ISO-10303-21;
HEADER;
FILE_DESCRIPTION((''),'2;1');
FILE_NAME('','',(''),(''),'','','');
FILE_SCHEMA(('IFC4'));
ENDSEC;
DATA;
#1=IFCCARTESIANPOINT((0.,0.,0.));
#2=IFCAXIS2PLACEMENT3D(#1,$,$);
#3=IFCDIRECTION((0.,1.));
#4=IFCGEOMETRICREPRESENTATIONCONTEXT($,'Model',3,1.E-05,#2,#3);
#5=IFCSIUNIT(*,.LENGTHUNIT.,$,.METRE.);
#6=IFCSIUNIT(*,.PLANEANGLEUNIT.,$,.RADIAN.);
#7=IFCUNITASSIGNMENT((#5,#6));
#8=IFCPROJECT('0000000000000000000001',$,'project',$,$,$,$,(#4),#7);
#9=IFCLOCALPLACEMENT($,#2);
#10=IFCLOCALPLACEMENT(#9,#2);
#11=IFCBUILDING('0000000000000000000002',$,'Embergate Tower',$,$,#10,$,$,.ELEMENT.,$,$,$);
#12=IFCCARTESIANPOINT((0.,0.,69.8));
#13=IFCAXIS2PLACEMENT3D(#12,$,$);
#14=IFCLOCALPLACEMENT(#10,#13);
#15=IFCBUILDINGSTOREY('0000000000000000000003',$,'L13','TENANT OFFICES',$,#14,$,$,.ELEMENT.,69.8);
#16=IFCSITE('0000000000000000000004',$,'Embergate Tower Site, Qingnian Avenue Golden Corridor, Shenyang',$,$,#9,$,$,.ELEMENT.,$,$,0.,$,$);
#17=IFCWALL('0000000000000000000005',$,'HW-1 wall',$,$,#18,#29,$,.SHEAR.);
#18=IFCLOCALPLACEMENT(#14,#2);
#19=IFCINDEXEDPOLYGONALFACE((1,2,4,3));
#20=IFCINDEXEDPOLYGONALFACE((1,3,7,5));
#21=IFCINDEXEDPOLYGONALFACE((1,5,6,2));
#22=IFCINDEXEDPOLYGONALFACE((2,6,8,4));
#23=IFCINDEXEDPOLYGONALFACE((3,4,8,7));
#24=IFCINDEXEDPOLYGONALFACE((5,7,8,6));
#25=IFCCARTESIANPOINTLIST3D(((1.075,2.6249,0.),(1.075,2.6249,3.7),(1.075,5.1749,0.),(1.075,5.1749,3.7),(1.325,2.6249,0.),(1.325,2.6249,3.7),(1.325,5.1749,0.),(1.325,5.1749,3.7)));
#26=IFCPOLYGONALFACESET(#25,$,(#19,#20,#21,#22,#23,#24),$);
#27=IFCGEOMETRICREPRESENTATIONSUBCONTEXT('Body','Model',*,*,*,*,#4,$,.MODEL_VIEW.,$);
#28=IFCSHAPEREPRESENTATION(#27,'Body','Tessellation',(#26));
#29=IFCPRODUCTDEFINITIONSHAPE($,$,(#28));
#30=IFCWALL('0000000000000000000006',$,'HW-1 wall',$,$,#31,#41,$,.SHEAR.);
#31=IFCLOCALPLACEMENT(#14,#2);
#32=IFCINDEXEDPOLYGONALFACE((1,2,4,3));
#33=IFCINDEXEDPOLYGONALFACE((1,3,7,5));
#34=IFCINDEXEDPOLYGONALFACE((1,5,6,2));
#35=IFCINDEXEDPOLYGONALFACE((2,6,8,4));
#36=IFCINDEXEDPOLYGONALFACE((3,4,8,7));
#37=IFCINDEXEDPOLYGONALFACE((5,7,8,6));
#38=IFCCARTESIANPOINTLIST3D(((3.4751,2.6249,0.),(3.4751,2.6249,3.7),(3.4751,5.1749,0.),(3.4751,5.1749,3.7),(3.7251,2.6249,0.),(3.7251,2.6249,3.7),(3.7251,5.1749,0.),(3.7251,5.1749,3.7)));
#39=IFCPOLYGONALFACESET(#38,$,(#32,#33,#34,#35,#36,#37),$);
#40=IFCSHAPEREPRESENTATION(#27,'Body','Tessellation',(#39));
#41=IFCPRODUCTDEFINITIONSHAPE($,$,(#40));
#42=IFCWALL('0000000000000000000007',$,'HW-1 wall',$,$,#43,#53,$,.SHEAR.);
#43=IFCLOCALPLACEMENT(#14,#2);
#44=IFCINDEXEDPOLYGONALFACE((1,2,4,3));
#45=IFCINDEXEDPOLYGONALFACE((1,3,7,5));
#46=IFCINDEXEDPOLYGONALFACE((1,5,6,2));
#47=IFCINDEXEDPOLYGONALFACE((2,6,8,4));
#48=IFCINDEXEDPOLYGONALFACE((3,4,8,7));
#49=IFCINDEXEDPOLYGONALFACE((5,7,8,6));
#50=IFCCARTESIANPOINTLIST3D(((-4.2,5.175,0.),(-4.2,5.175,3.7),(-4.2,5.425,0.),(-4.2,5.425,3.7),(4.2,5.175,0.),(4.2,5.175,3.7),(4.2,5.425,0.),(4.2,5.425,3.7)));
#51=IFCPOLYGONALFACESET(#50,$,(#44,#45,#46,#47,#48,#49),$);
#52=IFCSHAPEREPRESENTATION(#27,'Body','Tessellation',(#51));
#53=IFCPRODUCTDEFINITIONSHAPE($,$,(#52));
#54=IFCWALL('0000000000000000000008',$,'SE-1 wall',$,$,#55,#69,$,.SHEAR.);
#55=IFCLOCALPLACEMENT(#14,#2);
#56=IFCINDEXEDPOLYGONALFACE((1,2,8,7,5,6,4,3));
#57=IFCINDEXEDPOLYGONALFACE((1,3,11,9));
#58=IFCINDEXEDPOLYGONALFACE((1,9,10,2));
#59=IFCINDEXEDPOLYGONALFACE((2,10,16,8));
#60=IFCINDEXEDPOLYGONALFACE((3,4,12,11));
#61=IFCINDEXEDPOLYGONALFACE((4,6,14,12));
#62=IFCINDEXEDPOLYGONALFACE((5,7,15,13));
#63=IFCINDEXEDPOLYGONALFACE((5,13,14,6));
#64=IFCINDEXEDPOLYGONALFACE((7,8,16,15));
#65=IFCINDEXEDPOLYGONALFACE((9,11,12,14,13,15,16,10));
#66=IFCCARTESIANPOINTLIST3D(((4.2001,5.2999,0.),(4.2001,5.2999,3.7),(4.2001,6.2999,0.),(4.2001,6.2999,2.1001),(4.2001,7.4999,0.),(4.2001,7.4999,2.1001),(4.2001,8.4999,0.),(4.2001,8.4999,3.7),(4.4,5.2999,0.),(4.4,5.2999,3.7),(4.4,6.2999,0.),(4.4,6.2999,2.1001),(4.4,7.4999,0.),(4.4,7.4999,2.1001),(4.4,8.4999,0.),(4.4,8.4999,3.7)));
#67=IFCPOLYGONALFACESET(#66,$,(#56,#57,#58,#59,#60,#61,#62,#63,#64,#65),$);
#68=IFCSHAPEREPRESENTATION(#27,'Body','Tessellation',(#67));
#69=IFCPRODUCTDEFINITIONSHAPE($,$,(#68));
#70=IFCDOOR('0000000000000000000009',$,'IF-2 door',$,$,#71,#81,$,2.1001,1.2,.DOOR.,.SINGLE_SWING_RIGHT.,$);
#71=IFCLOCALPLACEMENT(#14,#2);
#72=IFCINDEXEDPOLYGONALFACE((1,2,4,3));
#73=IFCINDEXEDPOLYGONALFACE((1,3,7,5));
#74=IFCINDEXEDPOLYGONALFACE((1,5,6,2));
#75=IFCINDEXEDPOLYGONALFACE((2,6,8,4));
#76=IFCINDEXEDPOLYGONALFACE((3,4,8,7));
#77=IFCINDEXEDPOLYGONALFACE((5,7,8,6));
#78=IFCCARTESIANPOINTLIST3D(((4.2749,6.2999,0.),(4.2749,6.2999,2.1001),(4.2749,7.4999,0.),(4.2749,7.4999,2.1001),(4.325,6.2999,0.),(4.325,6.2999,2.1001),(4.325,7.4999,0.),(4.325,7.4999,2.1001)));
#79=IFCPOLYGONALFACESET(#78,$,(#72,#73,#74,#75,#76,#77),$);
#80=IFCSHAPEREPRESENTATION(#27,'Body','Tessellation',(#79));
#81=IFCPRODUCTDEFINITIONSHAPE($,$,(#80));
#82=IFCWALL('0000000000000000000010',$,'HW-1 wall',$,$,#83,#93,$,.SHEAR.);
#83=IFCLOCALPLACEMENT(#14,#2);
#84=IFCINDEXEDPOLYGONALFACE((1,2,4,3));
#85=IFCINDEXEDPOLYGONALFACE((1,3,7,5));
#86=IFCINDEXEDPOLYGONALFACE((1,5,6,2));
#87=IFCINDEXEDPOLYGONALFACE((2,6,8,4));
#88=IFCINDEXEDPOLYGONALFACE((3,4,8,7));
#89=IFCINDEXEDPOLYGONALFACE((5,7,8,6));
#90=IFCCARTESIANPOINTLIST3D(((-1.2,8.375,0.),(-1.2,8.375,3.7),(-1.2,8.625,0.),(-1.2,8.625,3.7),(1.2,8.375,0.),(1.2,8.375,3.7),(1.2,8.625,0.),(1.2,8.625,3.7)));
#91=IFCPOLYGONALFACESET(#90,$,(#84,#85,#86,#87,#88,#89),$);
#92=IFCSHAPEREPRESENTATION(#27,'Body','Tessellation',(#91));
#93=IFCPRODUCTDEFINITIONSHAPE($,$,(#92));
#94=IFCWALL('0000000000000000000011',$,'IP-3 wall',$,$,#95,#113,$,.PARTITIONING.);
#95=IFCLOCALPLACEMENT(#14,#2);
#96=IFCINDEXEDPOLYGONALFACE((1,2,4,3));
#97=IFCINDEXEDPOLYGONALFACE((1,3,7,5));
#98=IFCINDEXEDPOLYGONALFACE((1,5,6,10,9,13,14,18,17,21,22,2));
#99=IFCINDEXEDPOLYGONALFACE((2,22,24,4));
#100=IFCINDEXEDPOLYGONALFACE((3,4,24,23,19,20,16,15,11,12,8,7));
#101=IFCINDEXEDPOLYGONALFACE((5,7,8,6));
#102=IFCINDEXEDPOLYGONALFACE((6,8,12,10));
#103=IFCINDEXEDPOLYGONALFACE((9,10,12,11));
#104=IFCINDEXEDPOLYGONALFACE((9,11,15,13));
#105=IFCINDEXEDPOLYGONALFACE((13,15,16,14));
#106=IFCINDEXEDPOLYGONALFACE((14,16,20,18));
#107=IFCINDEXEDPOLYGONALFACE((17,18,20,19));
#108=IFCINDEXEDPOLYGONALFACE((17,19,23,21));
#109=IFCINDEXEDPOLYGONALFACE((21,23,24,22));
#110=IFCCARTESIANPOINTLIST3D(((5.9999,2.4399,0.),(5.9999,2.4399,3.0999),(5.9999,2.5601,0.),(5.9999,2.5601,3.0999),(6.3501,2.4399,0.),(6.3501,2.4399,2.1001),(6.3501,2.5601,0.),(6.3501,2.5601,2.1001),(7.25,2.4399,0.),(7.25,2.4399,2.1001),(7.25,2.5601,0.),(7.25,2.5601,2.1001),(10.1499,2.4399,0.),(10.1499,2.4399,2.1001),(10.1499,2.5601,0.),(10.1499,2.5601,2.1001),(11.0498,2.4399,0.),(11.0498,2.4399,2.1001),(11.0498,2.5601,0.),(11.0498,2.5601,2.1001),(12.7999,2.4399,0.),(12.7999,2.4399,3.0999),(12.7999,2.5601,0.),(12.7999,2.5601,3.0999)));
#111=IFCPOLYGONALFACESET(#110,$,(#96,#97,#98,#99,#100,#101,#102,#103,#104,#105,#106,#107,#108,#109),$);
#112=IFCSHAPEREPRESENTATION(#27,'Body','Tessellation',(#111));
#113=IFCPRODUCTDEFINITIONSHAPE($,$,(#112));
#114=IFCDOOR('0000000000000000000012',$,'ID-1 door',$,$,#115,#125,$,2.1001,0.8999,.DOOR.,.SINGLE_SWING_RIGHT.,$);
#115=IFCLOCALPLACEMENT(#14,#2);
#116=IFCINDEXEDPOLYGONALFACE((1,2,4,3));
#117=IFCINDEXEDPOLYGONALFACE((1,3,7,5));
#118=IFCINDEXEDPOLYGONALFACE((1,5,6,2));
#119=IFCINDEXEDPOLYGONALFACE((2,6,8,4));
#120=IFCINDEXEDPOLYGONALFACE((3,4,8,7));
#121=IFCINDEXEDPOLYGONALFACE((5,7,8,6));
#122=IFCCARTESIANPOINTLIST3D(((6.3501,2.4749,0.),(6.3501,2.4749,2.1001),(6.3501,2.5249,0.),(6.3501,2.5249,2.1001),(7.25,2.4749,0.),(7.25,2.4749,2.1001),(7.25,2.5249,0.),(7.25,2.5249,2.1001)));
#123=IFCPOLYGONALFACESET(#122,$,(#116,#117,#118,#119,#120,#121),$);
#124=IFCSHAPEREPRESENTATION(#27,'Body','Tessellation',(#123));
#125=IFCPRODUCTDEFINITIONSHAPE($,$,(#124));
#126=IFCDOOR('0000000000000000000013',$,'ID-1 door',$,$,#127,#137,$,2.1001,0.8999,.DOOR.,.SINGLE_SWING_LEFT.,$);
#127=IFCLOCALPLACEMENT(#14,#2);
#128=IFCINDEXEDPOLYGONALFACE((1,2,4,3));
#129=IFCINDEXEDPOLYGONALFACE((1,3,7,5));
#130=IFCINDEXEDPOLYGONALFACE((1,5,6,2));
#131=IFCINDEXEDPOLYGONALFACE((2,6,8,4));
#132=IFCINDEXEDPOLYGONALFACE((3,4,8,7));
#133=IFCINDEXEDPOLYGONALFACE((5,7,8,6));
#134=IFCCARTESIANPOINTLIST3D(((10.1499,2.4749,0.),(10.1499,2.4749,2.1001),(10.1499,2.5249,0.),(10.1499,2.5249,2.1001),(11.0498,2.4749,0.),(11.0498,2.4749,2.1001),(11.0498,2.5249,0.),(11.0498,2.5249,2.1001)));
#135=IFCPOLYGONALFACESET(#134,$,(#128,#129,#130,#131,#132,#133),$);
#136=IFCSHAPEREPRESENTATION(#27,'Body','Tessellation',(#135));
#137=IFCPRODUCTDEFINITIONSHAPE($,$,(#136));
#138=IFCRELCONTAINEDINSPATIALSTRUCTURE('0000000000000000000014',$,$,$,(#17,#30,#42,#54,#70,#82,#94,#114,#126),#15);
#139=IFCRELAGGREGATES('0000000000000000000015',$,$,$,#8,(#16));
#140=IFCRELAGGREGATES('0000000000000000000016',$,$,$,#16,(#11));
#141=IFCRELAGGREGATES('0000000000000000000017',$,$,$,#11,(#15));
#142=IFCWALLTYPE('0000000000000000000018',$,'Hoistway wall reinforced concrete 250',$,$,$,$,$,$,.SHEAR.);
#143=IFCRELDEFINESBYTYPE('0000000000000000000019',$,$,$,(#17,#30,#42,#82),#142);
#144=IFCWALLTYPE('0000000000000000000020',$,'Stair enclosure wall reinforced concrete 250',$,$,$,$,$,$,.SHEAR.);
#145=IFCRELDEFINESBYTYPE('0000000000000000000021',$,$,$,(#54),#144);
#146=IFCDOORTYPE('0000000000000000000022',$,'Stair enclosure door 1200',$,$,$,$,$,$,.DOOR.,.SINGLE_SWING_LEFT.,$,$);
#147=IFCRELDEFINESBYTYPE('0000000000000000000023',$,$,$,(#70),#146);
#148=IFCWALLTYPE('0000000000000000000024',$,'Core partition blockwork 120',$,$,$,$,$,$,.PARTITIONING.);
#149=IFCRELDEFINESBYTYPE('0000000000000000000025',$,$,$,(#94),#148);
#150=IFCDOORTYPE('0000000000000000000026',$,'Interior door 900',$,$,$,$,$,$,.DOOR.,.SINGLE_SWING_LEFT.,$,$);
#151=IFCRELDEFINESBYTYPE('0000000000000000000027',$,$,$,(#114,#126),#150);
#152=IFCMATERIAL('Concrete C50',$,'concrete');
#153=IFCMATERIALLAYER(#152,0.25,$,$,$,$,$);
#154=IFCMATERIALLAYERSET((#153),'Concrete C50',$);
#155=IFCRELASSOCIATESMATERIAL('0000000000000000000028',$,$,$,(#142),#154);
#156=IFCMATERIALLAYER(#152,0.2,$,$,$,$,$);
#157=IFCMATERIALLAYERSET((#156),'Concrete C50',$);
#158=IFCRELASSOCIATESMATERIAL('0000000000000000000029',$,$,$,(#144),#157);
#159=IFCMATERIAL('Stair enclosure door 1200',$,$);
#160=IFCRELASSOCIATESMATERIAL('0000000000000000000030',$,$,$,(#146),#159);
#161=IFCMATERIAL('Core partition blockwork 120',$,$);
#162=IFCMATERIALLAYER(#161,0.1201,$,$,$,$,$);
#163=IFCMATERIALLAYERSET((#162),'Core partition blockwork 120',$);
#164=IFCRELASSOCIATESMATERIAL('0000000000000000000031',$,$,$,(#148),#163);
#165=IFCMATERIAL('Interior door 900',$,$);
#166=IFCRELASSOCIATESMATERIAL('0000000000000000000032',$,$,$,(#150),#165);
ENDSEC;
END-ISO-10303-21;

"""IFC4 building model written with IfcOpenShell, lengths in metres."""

from ifc_helpers import new_model, si_unit, direction, frame, frame_2d, origin, place, context, subcontext, project, spatial, rectangle, extrude, source, transform, mapped, material, layer, layer_set, type_object, element, fill, save


model = new_model("IFC4")

# Units and contexts
model_context = context("Model", 3, precision=1e-05, world=origin(), true_north=direction((0.0, 1.0)))
body_context = subcontext(model_context, "Body", "Model", "MODEL_VIEW")
ifc_project = project(units=[si_unit("LENGTHUNIT", "METRE"), si_unit("PLANEANGLEUNIT", "RADIAN")], contexts=[model_context])

# Site, building, storey
site_placement = place(None, origin())
site = spatial("IfcSite", under=ifc_project, at=site_placement, Name="Embergate Tower Site, Qingnian Avenue Golden Corridor, Shenyang", CompositionType="ELEMENT", RefElevation=0.0)
building_placement = place(site_placement, origin())
building = spatial("IfcBuilding", under=site, at=building_placement, Name="Embergate Tower", CompositionType="ELEMENT")
storey_placement = place(building_placement, frame((0.0, 0.0, 69.8)))
storey = spatial("IfcBuildingStorey", under=building, at=storey_placement, Name="L13", Description="TENANT OFFICES", CompositionType="ELEMENT", Elevation=69.8)

# Walls
ifc_material_1 = material(Name="Concrete C50", Category="concrete")
ifc_layer_1 = layer(ifc_material_1, 0.25)
ifc_layer_set_1 = layer_set([ifc_layer_1], Name="Concrete C50")
wall_type_1 = type_object("IfcWallType", Name="Hoistway wall reinforced concrete 250", PredefinedType="SHEAR", material=ifc_layer_set_1)
shared_shape_1 = source(origin(), body_context, "Body", "SweptSolid", [
    extrude(rectangle(XDim=2.55, YDim=0.25, at=frame_2d((1.2749, 0.0))), origin(), (0.0, 0.0, 1.0), 3.7),
])
for number, where, z_axis, x_axis, name in (
    (1, (1.2, 2.625, 0.0), (0.0, 0.0, 1.0), (0.0, 1.0, 0.0), "HW-1 wall"),
    (2, (3.6001, 2.625, 0.0), (0.0, 0.0, 1.0), (0.0, 1.0, 0.0), "HW-1 wall"),
):
    element("IfcWall", number, at=place(storey_placement, frame(where, z_axis=z_axis, x_axis=x_axis)), inside=storey, type_object=wall_type_1, Name=name, PredefinedType="SHEAR", context=body_context, shape_type="MappedRepresentation", body=[
        mapped(shared_shape_1, transform((0.0, 0.0, 0.0))),
    ])
shared_shape_2 = source(origin(), body_context, "Body", "SweptSolid", [
    extrude(rectangle(XDim=8.3999, YDim=0.25, at=frame_2d((4.2, 0.0))), origin(), (0.0, 0.0, 1.0), 3.7),
])
wall_1_placement = place(storey_placement, frame((4.2, 5.3, 0.0), z_axis=(0.0, 0.0, 1.0), x_axis=(-1.0, 0.0, 0.0)))
element("IfcWall", 3, at=wall_1_placement, inside=storey, type_object=wall_type_1, Name="HW-1 wall", PredefinedType="SHEAR", context=body_context, shape_type="MappedRepresentation", body=[
    mapped(shared_shape_2, transform((0.0, 0.0, 0.0))),
])

# Wall, opening, door
ifc_layer_2 = layer(ifc_material_1, 0.2)
ifc_layer_set_2 = layer_set([ifc_layer_2], Name="Concrete C50")
wall_type_2 = type_object("IfcWallType", Name="Stair enclosure wall reinforced concrete 250", PredefinedType="SHEAR", material=ifc_layer_set_2)
shared_shape_3 = source(origin(), body_context, "Body", "SweptSolid", [
    extrude(rectangle(XDim=3.2, YDim=0.2, at=frame_2d((1.6001, 0.0))), origin(), (0.0, 0.0, 1.0), 3.7),
])
wall_2_placement = place(storey_placement, frame((4.3, 8.5, 0.0), z_axis=(0.0, 0.0, 1.0), x_axis=(0.0, -1.0, 0.0)))
wall_2 = element("IfcWall", 4, at=wall_2_placement, inside=storey, type_object=wall_type_2, Name="SE-1 wall", PredefinedType="SHEAR", context=body_context, shape_type="MappedRepresentation", body=[
    mapped(shared_shape_3, transform((0.0, 0.0, 0.0))),
])
shared_shape_4 = source(origin(), body_context, "Body", "SweptSolid", [
    extrude(rectangle(XDim=1.2, YDim=2.1001, at=frame_2d((0.6001, 1.05))), frame((0.0, 0.1099, 0.0), z_axis=(0.0, -1.0, 0.0), x_axis=(1.0, 0.0, 0.0)), (0.0, 0.0, 1.0), 0.22),
])
opening_1_placement = place(wall_2_placement, frame((1.0, 0.0, 0.0)))
opening_1 = element("IfcOpeningElement", 5, at=opening_1_placement, cuts=wall_2, PredefinedType="OPENING", context=body_context, shape_type="MappedRepresentation", body=[
    mapped(shared_shape_4, transform((0.0, 0.0, 0.0))),
])
ifc_material_2 = material(Name="Stair enclosure door 1200")
door_type_1 = type_object("IfcDoorType", Name="Stair enclosure door 1200", OperationType="SINGLE_SWING_LEFT", PredefinedType="DOOR", material=ifc_material_2)
shared_shape_5 = source(origin(), body_context, "Body", "SweptSolid", [
    extrude(rectangle(XDim=1.2, YDim=2.1001, at=frame_2d((0.6001, 1.05))), frame((0.0, 0.0249, 0.0), z_axis=(0.0, -1.0, 0.0), x_axis=(1.0, 0.0, 0.0)), (0.0, 0.0, 1.0), 0.05),
])
door_1_placement = place(opening_1_placement, origin())
door_1 = element("IfcDoor", 6, at=door_1_placement, inside=storey, type_object=door_type_1, Name="IF-2 door", OperationType="SINGLE_SWING_RIGHT", OverallHeight=2.1001, OverallWidth=1.2, PredefinedType="DOOR", context=body_context, shape_type="MappedRepresentation", body=[
    mapped(shared_shape_5, transform((0.0, 0.0, 0.0))),
])
fill(opening_1, door_1)

# Wall
shared_shape_6 = source(origin(), body_context, "Body", "SweptSolid", [
    extrude(rectangle(XDim=2.3999, YDim=0.25, at=frame_2d((1.2, 0.0))), origin(), (0.0, 0.0, 1.0), 3.7),
])
wall_3_placement = place(storey_placement, frame((1.2, 8.5, 0.0), z_axis=(0.0, 0.0, 1.0), x_axis=(-1.0, 0.0, 0.0)))
element("IfcWall", 7, at=wall_3_placement, inside=storey, type_object=wall_type_1, Name="HW-1 wall", PredefinedType="SHEAR", context=body_context, shape_type="MappedRepresentation", body=[
    mapped(shared_shape_6, transform((0.0, 0.0, 0.0))),
])

# Wall, openings, doors
ifc_material_3 = material(Name="Core partition blockwork 120")
ifc_layer_3 = layer(ifc_material_3, 0.1201)
ifc_layer_set_3 = layer_set([ifc_layer_3], Name="Core partition blockwork 120")
wall_type_3 = type_object("IfcWallType", Name="Core partition blockwork 120", PredefinedType="PARTITIONING", material=ifc_layer_set_3)
shared_shape_7 = source(origin(), body_context, "Body", "SweptSolid", [
    extrude(rectangle(XDim=6.8, YDim=0.1201, at=frame_2d((3.3999, 0.0))), origin(), (0.0, 0.0, 1.0), 3.0999),
])
wall_4_placement = place(storey_placement, frame((6.0, 2.5, 0.0), z_axis=(0.0, 0.0, 1.0), x_axis=(1.0, 0.0, 0.0)))
wall_4 = element("IfcWall", 8, at=wall_4_placement, inside=storey, type_object=wall_type_3, Name="IP-3 wall", PredefinedType="PARTITIONING", context=body_context, shape_type="MappedRepresentation", body=[
    mapped(shared_shape_7, transform((0.0, 0.0, 0.0))),
])
shared_shape_8 = source(origin(), body_context, "Body", "SweptSolid", [
    extrude(rectangle(XDim=0.8999, YDim=2.1001, at=frame_2d((0.45, 1.05))), frame((0.0, 0.0701, 0.0), z_axis=(0.0, -1.0, 0.0), x_axis=(1.0, 0.0, 0.0)), (0.0, 0.0, 1.0), 0.1401),
])
opening_2_placement = place(wall_4_placement, frame((0.3501, 0.0, 0.0)))
opening_2 = element("IfcOpeningElement", 9, at=opening_2_placement, cuts=wall_4, PredefinedType="OPENING", context=body_context, shape_type="MappedRepresentation", body=[
    mapped(shared_shape_8, transform((0.0, 0.0, 0.0))),
])
opening_3_placement = place(wall_4_placement, frame((4.1499, 0.0, 0.0)))
opening_3 = element("IfcOpeningElement", 10, at=opening_3_placement, cuts=wall_4, PredefinedType="OPENING", context=body_context, shape_type="MappedRepresentation", body=[
    mapped(shared_shape_8, transform((0.0, 0.0, 0.0))),
])
ifc_material_4 = material(Name="Interior door 900")
door_type_2 = type_object("IfcDoorType", Name="Interior door 900", OperationType="SINGLE_SWING_LEFT", PredefinedType="DOOR", material=ifc_material_4)
shared_shape_9 = source(origin(), body_context, "Body", "SweptSolid", [
    extrude(rectangle(XDim=0.8999, YDim=2.1001, at=frame_2d((0.45, 1.05))), frame((0.0, 0.0249, 0.0), z_axis=(0.0, -1.0, 0.0), x_axis=(1.0, 0.0, 0.0)), (0.0, 0.0, 1.0), 0.05),
])
door_2_placement = place(opening_2_placement, origin())
door_2 = element("IfcDoor", 11, at=door_2_placement, inside=storey, type_object=door_type_2, Name="ID-1 door", OperationType="SINGLE_SWING_RIGHT", OverallHeight=2.1001, OverallWidth=0.8999, PredefinedType="DOOR", context=body_context, shape_type="MappedRepresentation", body=[
    mapped(shared_shape_9, transform((0.0, 0.0, 0.0))),
])
fill(opening_2, door_2)
door_3_placement = place(opening_3_placement, origin())
door_3 = element("IfcDoor", 12, at=door_3_placement, inside=storey, type_object=door_type_2, Name="ID-1 door", OperationType="SINGLE_SWING_LEFT", OverallHeight=2.1001, OverallWidth=0.8999, PredefinedType="DOOR", context=body_context, shape_type="MappedRepresentation", body=[
    mapped(shared_shape_9, transform((0.0, 0.0, 0.0))),
])
fill(opening_3, door_3)

save(model, "model.ifc")
